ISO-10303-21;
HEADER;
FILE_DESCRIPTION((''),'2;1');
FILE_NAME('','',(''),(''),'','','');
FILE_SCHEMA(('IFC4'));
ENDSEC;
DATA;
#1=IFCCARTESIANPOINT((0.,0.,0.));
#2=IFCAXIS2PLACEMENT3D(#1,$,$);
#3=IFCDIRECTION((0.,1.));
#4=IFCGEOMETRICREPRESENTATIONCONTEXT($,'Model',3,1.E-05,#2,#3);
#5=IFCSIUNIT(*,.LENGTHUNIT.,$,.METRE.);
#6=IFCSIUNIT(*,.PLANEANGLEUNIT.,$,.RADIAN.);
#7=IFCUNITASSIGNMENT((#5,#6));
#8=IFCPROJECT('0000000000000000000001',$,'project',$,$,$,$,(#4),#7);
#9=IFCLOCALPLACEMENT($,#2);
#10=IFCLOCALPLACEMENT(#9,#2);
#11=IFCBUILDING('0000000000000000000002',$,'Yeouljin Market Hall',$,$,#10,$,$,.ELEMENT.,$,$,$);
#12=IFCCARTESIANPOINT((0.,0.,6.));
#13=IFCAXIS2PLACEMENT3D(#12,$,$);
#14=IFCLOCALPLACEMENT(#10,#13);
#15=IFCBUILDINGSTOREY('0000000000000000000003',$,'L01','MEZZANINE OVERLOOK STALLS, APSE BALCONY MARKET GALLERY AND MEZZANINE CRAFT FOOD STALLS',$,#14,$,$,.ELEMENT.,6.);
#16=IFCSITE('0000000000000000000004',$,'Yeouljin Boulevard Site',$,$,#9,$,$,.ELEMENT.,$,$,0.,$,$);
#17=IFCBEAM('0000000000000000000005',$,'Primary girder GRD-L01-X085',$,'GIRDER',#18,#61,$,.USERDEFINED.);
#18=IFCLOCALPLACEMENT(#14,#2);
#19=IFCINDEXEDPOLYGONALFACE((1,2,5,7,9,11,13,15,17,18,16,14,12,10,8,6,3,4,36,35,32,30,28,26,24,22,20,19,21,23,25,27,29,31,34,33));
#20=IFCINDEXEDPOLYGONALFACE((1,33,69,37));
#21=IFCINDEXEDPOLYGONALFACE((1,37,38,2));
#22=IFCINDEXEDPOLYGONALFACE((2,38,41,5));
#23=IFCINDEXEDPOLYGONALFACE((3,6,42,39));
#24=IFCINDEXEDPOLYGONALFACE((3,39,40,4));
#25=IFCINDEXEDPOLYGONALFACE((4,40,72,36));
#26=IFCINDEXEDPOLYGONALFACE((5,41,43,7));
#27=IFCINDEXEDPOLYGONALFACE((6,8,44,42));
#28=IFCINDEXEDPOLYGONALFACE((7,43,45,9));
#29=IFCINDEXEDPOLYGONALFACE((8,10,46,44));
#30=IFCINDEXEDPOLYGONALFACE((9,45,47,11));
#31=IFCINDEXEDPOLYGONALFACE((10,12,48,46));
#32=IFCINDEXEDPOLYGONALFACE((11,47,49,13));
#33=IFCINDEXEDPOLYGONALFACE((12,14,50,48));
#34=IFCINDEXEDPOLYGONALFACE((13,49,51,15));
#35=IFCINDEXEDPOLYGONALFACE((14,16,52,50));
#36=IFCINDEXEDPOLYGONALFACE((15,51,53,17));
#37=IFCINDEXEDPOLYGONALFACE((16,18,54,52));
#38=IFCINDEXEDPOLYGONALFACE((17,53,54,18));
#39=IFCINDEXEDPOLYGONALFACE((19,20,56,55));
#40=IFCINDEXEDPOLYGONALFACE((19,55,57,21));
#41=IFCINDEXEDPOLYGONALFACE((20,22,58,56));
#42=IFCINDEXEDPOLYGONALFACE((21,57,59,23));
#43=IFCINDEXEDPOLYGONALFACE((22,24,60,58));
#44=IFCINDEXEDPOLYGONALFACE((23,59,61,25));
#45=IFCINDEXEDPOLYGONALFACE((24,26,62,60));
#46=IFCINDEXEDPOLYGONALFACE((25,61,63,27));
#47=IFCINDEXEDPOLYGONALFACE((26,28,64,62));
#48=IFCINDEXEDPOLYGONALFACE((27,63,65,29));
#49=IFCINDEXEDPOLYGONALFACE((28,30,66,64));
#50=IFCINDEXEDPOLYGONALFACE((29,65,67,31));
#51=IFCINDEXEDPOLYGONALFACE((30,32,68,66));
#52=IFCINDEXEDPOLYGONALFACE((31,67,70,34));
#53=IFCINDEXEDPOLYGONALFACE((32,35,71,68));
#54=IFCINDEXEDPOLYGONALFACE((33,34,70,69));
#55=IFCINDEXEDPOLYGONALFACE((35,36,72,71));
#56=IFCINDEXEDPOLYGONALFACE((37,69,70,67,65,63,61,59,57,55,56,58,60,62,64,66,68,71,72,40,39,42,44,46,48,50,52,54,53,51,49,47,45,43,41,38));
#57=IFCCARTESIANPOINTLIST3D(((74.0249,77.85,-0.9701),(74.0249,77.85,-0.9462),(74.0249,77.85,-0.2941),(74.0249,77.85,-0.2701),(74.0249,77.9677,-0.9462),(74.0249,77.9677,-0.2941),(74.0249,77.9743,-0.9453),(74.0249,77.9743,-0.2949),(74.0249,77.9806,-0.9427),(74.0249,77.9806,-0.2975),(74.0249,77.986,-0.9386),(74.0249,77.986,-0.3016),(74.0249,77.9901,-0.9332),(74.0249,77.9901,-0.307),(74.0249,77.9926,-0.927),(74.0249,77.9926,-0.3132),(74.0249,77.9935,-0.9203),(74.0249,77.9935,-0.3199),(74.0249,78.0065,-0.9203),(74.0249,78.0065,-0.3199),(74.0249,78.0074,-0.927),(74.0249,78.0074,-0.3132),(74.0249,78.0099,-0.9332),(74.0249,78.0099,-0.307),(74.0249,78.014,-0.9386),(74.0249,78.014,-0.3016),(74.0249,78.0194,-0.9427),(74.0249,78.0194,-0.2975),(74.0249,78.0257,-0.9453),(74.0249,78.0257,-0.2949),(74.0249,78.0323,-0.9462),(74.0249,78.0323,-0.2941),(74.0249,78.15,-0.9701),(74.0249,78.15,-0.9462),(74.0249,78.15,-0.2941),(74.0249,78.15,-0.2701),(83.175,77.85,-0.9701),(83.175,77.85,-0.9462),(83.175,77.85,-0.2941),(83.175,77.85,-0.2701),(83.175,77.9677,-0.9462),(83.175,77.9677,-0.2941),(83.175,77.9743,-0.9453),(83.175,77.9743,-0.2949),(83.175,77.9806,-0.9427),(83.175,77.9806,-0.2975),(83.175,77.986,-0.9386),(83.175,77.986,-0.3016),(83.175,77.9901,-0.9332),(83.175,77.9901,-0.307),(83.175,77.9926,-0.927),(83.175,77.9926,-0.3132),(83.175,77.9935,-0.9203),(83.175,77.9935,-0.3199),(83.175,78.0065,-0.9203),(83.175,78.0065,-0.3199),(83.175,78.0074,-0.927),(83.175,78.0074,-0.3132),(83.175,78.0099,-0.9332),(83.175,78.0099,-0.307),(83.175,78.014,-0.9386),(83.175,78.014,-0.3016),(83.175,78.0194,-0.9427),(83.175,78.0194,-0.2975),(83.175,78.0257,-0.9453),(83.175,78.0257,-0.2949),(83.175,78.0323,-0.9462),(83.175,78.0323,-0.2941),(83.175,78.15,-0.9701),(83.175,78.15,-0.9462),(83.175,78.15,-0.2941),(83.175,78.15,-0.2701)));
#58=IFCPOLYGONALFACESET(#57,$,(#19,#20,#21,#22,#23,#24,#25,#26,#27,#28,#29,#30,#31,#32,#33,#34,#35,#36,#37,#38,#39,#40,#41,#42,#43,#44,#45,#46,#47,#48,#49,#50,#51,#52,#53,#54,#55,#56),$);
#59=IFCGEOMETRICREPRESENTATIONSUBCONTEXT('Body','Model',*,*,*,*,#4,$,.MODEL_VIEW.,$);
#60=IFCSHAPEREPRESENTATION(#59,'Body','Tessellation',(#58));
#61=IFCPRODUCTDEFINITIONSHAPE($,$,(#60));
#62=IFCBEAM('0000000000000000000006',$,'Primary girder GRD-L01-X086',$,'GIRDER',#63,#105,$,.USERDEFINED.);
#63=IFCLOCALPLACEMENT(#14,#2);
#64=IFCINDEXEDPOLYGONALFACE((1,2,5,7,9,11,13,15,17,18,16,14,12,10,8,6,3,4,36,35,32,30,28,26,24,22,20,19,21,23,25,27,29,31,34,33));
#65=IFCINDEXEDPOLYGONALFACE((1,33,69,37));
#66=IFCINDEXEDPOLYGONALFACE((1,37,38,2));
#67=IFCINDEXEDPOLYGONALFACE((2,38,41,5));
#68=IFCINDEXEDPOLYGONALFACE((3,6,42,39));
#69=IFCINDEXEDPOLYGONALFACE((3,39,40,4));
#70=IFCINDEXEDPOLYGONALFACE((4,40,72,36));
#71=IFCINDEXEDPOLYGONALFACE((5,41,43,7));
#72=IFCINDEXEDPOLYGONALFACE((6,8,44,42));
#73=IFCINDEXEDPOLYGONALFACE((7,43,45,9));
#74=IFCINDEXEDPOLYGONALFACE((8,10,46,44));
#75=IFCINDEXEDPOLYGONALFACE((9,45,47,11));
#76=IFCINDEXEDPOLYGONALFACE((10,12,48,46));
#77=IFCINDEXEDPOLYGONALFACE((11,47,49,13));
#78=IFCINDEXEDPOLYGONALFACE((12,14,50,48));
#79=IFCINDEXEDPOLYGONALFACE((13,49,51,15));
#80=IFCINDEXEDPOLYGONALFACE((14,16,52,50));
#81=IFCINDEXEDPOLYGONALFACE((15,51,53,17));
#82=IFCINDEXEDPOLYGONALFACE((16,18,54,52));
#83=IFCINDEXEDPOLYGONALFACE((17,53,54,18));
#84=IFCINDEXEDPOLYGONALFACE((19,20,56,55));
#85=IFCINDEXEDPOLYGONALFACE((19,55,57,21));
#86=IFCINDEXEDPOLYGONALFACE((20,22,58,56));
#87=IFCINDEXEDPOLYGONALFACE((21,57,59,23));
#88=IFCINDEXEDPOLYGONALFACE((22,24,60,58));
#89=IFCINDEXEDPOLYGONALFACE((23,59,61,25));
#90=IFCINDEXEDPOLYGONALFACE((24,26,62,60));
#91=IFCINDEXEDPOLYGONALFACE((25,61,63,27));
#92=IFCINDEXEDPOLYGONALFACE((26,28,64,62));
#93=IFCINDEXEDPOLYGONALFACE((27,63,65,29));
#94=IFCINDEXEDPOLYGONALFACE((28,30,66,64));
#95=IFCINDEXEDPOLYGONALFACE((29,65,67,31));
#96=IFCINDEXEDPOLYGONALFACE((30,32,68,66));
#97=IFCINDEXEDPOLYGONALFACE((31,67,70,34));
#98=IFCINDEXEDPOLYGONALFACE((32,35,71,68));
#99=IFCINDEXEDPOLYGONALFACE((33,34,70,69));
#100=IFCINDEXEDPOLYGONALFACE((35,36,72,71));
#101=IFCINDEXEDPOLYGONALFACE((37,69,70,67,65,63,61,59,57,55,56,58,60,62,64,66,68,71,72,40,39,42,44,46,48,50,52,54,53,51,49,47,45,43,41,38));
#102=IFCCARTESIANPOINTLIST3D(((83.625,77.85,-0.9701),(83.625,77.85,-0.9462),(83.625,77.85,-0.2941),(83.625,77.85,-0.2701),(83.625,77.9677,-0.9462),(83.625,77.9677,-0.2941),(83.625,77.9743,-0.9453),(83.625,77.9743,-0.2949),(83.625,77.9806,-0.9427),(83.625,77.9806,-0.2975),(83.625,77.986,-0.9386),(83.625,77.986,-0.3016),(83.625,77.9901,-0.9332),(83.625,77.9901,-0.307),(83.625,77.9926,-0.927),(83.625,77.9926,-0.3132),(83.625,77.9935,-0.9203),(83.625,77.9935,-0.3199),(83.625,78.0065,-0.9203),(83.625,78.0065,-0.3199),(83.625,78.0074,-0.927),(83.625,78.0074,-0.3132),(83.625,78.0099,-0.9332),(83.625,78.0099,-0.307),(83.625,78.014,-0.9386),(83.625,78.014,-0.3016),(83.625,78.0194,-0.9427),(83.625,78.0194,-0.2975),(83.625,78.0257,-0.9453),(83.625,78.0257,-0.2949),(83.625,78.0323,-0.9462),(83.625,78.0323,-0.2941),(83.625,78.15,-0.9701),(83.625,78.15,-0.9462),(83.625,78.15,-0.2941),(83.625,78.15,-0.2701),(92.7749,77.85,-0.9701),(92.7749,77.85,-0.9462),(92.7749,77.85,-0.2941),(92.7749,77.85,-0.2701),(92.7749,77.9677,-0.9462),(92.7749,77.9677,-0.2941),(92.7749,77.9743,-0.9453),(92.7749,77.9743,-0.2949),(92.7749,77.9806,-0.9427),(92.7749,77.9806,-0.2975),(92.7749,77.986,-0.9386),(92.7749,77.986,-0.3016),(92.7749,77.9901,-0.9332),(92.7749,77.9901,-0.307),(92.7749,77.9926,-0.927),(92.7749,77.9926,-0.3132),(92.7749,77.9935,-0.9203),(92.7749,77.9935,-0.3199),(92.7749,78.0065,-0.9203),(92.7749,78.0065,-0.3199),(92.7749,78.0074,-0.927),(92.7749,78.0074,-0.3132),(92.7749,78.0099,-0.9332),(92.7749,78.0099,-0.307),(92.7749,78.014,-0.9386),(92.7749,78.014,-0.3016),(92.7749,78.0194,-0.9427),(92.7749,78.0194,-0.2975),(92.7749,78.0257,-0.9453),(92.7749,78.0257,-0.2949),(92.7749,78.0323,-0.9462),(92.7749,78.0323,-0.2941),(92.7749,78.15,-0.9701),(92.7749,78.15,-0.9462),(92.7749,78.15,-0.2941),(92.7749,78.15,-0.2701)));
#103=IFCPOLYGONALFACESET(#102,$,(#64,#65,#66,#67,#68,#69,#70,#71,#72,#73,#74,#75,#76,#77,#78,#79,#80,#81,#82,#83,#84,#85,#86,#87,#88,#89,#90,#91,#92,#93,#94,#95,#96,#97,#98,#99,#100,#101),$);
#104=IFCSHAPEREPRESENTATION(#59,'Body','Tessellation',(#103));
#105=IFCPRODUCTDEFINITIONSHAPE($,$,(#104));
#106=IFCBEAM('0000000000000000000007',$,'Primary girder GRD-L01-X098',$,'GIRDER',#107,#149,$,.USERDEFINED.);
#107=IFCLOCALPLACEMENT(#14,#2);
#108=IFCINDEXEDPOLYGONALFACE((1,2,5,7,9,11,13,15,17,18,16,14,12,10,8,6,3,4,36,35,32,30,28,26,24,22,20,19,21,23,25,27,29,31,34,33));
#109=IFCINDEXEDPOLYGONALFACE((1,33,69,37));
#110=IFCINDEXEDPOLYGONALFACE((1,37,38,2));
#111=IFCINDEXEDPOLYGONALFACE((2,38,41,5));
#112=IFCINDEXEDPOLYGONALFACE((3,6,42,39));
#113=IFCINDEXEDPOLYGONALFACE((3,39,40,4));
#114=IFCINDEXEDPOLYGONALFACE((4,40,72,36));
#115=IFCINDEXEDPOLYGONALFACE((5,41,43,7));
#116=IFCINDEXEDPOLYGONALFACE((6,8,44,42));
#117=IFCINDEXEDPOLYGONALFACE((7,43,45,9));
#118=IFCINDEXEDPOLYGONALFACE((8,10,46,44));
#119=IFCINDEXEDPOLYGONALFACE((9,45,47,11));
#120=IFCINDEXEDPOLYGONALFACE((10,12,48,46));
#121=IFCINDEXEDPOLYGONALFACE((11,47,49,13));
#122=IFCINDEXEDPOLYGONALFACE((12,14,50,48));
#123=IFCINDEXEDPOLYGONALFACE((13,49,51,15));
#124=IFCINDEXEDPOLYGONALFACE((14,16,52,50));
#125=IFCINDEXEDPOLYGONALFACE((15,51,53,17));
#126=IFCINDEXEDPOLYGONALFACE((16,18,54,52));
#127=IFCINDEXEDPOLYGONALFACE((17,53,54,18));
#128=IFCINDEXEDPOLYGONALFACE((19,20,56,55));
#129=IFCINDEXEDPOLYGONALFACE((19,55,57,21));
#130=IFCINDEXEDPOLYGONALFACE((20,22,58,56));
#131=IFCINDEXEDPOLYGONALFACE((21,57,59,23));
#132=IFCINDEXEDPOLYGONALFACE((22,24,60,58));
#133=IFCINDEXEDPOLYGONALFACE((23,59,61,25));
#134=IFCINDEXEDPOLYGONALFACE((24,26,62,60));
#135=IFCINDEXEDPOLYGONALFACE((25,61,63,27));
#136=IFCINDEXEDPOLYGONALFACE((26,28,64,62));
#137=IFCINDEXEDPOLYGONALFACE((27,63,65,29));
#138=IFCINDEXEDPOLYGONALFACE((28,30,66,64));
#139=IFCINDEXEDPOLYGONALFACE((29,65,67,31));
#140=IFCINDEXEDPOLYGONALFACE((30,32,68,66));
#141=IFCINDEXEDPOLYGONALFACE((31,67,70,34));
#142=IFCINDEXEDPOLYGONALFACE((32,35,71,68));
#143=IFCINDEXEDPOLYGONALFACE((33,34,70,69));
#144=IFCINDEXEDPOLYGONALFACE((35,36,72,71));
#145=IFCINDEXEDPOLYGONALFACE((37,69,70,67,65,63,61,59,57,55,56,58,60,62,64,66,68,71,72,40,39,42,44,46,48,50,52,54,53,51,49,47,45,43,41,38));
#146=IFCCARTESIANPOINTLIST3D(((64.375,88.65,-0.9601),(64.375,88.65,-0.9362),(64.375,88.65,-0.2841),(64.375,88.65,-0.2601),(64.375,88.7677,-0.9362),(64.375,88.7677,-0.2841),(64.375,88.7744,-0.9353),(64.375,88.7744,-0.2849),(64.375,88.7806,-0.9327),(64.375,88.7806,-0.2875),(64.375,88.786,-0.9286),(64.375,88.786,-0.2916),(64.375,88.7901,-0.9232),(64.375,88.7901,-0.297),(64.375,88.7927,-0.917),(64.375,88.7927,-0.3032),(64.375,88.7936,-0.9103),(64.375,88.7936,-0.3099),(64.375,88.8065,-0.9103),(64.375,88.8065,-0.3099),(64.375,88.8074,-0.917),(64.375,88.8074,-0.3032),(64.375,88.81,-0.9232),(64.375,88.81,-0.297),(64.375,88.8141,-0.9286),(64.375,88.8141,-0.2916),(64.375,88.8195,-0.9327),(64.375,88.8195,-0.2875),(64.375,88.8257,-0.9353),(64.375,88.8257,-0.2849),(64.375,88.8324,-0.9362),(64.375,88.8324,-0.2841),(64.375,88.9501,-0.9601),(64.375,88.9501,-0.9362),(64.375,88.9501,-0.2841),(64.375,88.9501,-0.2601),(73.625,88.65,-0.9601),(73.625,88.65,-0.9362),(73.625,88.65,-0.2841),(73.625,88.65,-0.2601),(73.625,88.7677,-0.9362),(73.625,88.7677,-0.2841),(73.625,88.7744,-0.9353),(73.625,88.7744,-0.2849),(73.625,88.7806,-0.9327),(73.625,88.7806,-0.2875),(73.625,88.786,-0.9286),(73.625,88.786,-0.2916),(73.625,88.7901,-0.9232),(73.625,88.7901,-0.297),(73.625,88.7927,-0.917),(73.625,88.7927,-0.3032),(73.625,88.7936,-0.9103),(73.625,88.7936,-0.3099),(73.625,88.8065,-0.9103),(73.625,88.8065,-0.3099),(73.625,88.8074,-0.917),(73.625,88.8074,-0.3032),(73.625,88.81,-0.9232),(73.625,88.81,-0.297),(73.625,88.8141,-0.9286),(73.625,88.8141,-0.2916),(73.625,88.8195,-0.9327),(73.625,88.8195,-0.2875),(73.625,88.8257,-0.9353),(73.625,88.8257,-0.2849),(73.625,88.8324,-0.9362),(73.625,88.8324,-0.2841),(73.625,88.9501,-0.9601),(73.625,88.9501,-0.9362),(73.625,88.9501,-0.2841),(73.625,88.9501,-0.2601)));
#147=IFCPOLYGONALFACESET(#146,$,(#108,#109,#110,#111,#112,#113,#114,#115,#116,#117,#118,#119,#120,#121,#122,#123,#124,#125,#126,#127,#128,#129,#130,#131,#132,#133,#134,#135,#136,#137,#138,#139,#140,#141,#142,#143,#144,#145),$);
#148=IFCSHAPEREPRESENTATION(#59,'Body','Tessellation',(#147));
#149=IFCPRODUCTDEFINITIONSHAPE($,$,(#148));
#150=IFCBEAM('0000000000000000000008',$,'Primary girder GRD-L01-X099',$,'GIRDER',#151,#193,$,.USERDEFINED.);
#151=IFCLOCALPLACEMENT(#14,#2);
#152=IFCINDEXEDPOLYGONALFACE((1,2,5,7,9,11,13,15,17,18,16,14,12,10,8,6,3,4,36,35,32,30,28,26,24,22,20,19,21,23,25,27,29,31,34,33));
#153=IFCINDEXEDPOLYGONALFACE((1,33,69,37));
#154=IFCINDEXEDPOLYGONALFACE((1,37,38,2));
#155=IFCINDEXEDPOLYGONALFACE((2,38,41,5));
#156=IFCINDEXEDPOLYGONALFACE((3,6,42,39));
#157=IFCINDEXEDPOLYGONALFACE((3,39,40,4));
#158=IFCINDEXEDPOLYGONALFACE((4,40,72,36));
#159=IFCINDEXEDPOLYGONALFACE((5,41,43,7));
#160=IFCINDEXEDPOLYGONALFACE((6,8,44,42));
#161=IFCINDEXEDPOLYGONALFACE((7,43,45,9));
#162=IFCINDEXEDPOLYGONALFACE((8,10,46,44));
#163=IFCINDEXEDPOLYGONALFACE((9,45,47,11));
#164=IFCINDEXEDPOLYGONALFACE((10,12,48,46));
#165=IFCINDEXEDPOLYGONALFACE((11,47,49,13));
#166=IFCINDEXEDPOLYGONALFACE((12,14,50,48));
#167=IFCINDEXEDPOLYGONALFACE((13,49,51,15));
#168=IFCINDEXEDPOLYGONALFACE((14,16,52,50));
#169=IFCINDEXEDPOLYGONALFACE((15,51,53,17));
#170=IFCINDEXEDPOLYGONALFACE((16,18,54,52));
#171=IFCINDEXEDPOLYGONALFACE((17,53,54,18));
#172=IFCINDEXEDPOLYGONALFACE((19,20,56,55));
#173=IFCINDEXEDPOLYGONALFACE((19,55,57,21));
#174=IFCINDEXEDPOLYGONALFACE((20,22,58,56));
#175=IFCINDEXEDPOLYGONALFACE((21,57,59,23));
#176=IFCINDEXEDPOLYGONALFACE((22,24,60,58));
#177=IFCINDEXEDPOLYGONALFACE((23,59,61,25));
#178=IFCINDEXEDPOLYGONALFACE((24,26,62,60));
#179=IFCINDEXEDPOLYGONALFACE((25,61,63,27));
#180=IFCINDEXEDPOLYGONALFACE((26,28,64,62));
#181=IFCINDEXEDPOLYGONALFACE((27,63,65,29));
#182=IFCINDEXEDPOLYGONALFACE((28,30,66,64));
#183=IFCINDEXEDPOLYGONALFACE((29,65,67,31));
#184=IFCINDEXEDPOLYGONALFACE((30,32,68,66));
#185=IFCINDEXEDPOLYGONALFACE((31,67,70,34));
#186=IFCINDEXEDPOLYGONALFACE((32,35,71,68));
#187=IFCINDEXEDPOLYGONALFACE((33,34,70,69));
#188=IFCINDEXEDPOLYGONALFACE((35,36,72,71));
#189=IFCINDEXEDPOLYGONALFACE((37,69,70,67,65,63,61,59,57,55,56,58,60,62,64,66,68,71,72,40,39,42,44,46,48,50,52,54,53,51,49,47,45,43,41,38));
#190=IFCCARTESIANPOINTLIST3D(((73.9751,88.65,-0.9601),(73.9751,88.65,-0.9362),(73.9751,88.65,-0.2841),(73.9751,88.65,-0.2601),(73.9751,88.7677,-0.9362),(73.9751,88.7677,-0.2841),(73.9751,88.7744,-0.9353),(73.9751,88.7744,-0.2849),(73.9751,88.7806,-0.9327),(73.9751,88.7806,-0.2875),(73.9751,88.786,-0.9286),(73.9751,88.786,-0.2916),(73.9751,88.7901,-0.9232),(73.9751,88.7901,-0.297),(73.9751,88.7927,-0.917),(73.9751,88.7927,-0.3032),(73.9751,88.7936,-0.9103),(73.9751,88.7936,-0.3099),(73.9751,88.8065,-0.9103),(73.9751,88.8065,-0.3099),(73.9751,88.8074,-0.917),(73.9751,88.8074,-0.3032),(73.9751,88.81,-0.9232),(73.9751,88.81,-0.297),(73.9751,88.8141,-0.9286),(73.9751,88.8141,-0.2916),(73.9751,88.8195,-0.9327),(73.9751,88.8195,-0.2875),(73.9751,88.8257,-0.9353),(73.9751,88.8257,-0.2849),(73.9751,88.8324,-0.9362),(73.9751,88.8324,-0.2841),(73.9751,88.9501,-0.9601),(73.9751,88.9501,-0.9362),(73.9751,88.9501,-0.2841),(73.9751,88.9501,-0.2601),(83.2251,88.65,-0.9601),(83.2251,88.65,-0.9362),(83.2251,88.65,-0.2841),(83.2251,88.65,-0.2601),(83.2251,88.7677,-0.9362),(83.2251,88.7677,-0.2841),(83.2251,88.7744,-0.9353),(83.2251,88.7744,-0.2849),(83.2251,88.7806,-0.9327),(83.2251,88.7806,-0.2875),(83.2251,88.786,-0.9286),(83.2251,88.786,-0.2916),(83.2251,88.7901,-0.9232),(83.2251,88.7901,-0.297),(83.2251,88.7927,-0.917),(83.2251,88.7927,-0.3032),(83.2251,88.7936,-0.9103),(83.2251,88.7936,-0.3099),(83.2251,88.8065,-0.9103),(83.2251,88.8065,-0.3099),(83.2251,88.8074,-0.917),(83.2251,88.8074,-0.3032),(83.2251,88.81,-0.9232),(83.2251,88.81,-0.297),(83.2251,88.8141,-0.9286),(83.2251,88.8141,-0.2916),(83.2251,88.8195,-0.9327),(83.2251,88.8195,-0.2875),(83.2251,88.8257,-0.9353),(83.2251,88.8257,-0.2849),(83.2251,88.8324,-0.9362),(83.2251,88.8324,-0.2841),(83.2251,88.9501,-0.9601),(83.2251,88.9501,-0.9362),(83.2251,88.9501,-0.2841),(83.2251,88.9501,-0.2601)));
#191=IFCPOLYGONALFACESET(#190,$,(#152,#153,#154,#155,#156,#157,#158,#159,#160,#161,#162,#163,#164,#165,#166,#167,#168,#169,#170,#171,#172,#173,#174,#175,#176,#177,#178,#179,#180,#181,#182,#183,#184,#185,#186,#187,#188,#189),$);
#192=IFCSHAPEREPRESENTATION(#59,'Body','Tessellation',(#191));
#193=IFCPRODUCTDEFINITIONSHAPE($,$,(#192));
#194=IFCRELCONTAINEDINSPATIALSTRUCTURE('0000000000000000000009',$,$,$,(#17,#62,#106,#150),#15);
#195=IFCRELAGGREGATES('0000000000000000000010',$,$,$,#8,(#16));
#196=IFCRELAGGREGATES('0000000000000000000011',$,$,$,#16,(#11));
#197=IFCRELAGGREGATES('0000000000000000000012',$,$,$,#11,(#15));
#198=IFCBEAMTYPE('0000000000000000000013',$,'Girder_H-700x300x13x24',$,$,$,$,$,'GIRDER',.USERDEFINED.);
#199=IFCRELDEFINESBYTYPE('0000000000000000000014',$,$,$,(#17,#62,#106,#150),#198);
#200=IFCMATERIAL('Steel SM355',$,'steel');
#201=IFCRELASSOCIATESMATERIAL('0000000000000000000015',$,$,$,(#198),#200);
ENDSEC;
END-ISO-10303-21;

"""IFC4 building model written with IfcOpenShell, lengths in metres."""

from ifc_helpers import new_model, si_unit, direction, frame, origin, origin_2d, place, context, subcontext, project, spatial, i_section, extrude, material, material_profile, profile_set, type_object, element, save


model = new_model("IFC4")

# Units and contexts
model_context = context("Model", 3, precision=1e-05, world=origin(), true_north=direction((0.0, 1.0)))
body_context = subcontext(model_context, "Body", "Model", "MODEL_VIEW")
ifc_project = project(units=[si_unit("LENGTHUNIT", "METRE"), si_unit("PLANEANGLEUNIT", "RADIAN")], contexts=[model_context])

# Site, building, storey
site_placement = place(None, origin())
site = spatial("IfcSite", under=ifc_project, at=site_placement, Name="Yeouljin Boulevard Site", CompositionType="ELEMENT", RefElevation=0.0)
building_placement = place(site_placement, origin())
building = spatial("IfcBuilding", under=site, at=building_placement, Name="Yeouljin Market Hall", CompositionType="ELEMENT")
storey_placement = place(building_placement, frame((0.0, 0.0, 6.0)))
storey = spatial("IfcBuildingStorey", under=building, at=storey_placement, Name="L01", Description="MEZZANINE OVERLOOK STALLS, APSE BALCONY MARKET GALLERY AND MEZZANINE CRAFT FOOD STALLS", CompositionType="ELEMENT", Elevation=6.0)

# Beams
ifc_material_1 = material(Name="Steel SM355", Category="steel")
ifc_material_profile_1 = material_profile(ifc_material_1, i_section(OverallWidth=0.3, OverallDepth=0.7, WebThickness=0.0129, FlangeThickness=0.0239, FilletRadius=0.0259, at=origin_2d()), Name="H-700x300x13x24")
ifc_profile_set_1 = profile_set([ifc_material_profile_1], Name="Steel SM355")
beam_type_1 = type_object("IfcBeamType", Name="Girder_H-700x300x13x24", ElementType="GIRDER", PredefinedType="USERDEFINED", material=ifc_profile_set_1)
beam_1_placement = place(storey_placement, frame((74.0249, 78.0, -0.6201), z_axis=(1.0, 0.0, 0.0), x_axis=(0.0, 1.0, 0.0)))
element("IfcBeam", 1, at=beam_1_placement, inside=storey, type_object=beam_type_1, Name="Primary girder GRD-L01-X085", ObjectType="GIRDER", PredefinedType="USERDEFINED", context=body_context, shape_type="SweptSolid", body=[
    extrude(i_section(OverallWidth=0.3, OverallDepth=0.7, WebThickness=0.0129, FlangeThickness=0.0239, FilletRadius=0.0259, at=origin_2d()), origin(), (0.0, 0.0, 1.0), 9.1501),
])
beam_2_placement = place(storey_placement, frame((83.625, 78.0, -0.6201), z_axis=(1.0, 0.0, 0.0), x_axis=(0.0, 1.0, 0.0)))
element("IfcBeam", 2, at=beam_2_placement, inside=storey, type_object=beam_type_1, Name="Primary girder GRD-L01-X086", ObjectType="GIRDER", PredefinedType="USERDEFINED", context=body_context, shape_type="SweptSolid", body=[
    extrude(i_section(OverallWidth=0.3, OverallDepth=0.7, WebThickness=0.0129, FlangeThickness=0.0239, FilletRadius=0.0259, at=origin_2d()), origin(), (0.0, 0.0, 1.0), 9.1499),
])
for number, where, z_axis, x_axis, name in (
    (3, (64.375, 88.8, -0.6101), (1.0, 0.0, 0.0), (0.0, 1.0, 0.0), "Primary girder GRD-L01-X098"),
    (4, (73.9751, 88.8, -0.6101), (1.0, 0.0, 0.0), (0.0, 1.0, 0.0), "Primary girder GRD-L01-X099"),
):
    element("IfcBeam", number, at=place(storey_placement, frame(where, z_axis=z_axis, x_axis=x_axis)), inside=storey, type_object=beam_type_1, Name=name, ObjectType="GIRDER", PredefinedType="USERDEFINED", context=body_context, shape_type="SweptSolid", body=[
        extrude(i_section(OverallWidth=0.3, OverallDepth=0.7, WebThickness=0.0129, FlangeThickness=0.0239, FilletRadius=0.0259, at=origin_2d()), origin(), (0.0, 0.0, 1.0), 9.25),
    ])

save(model, "model.ifc")
